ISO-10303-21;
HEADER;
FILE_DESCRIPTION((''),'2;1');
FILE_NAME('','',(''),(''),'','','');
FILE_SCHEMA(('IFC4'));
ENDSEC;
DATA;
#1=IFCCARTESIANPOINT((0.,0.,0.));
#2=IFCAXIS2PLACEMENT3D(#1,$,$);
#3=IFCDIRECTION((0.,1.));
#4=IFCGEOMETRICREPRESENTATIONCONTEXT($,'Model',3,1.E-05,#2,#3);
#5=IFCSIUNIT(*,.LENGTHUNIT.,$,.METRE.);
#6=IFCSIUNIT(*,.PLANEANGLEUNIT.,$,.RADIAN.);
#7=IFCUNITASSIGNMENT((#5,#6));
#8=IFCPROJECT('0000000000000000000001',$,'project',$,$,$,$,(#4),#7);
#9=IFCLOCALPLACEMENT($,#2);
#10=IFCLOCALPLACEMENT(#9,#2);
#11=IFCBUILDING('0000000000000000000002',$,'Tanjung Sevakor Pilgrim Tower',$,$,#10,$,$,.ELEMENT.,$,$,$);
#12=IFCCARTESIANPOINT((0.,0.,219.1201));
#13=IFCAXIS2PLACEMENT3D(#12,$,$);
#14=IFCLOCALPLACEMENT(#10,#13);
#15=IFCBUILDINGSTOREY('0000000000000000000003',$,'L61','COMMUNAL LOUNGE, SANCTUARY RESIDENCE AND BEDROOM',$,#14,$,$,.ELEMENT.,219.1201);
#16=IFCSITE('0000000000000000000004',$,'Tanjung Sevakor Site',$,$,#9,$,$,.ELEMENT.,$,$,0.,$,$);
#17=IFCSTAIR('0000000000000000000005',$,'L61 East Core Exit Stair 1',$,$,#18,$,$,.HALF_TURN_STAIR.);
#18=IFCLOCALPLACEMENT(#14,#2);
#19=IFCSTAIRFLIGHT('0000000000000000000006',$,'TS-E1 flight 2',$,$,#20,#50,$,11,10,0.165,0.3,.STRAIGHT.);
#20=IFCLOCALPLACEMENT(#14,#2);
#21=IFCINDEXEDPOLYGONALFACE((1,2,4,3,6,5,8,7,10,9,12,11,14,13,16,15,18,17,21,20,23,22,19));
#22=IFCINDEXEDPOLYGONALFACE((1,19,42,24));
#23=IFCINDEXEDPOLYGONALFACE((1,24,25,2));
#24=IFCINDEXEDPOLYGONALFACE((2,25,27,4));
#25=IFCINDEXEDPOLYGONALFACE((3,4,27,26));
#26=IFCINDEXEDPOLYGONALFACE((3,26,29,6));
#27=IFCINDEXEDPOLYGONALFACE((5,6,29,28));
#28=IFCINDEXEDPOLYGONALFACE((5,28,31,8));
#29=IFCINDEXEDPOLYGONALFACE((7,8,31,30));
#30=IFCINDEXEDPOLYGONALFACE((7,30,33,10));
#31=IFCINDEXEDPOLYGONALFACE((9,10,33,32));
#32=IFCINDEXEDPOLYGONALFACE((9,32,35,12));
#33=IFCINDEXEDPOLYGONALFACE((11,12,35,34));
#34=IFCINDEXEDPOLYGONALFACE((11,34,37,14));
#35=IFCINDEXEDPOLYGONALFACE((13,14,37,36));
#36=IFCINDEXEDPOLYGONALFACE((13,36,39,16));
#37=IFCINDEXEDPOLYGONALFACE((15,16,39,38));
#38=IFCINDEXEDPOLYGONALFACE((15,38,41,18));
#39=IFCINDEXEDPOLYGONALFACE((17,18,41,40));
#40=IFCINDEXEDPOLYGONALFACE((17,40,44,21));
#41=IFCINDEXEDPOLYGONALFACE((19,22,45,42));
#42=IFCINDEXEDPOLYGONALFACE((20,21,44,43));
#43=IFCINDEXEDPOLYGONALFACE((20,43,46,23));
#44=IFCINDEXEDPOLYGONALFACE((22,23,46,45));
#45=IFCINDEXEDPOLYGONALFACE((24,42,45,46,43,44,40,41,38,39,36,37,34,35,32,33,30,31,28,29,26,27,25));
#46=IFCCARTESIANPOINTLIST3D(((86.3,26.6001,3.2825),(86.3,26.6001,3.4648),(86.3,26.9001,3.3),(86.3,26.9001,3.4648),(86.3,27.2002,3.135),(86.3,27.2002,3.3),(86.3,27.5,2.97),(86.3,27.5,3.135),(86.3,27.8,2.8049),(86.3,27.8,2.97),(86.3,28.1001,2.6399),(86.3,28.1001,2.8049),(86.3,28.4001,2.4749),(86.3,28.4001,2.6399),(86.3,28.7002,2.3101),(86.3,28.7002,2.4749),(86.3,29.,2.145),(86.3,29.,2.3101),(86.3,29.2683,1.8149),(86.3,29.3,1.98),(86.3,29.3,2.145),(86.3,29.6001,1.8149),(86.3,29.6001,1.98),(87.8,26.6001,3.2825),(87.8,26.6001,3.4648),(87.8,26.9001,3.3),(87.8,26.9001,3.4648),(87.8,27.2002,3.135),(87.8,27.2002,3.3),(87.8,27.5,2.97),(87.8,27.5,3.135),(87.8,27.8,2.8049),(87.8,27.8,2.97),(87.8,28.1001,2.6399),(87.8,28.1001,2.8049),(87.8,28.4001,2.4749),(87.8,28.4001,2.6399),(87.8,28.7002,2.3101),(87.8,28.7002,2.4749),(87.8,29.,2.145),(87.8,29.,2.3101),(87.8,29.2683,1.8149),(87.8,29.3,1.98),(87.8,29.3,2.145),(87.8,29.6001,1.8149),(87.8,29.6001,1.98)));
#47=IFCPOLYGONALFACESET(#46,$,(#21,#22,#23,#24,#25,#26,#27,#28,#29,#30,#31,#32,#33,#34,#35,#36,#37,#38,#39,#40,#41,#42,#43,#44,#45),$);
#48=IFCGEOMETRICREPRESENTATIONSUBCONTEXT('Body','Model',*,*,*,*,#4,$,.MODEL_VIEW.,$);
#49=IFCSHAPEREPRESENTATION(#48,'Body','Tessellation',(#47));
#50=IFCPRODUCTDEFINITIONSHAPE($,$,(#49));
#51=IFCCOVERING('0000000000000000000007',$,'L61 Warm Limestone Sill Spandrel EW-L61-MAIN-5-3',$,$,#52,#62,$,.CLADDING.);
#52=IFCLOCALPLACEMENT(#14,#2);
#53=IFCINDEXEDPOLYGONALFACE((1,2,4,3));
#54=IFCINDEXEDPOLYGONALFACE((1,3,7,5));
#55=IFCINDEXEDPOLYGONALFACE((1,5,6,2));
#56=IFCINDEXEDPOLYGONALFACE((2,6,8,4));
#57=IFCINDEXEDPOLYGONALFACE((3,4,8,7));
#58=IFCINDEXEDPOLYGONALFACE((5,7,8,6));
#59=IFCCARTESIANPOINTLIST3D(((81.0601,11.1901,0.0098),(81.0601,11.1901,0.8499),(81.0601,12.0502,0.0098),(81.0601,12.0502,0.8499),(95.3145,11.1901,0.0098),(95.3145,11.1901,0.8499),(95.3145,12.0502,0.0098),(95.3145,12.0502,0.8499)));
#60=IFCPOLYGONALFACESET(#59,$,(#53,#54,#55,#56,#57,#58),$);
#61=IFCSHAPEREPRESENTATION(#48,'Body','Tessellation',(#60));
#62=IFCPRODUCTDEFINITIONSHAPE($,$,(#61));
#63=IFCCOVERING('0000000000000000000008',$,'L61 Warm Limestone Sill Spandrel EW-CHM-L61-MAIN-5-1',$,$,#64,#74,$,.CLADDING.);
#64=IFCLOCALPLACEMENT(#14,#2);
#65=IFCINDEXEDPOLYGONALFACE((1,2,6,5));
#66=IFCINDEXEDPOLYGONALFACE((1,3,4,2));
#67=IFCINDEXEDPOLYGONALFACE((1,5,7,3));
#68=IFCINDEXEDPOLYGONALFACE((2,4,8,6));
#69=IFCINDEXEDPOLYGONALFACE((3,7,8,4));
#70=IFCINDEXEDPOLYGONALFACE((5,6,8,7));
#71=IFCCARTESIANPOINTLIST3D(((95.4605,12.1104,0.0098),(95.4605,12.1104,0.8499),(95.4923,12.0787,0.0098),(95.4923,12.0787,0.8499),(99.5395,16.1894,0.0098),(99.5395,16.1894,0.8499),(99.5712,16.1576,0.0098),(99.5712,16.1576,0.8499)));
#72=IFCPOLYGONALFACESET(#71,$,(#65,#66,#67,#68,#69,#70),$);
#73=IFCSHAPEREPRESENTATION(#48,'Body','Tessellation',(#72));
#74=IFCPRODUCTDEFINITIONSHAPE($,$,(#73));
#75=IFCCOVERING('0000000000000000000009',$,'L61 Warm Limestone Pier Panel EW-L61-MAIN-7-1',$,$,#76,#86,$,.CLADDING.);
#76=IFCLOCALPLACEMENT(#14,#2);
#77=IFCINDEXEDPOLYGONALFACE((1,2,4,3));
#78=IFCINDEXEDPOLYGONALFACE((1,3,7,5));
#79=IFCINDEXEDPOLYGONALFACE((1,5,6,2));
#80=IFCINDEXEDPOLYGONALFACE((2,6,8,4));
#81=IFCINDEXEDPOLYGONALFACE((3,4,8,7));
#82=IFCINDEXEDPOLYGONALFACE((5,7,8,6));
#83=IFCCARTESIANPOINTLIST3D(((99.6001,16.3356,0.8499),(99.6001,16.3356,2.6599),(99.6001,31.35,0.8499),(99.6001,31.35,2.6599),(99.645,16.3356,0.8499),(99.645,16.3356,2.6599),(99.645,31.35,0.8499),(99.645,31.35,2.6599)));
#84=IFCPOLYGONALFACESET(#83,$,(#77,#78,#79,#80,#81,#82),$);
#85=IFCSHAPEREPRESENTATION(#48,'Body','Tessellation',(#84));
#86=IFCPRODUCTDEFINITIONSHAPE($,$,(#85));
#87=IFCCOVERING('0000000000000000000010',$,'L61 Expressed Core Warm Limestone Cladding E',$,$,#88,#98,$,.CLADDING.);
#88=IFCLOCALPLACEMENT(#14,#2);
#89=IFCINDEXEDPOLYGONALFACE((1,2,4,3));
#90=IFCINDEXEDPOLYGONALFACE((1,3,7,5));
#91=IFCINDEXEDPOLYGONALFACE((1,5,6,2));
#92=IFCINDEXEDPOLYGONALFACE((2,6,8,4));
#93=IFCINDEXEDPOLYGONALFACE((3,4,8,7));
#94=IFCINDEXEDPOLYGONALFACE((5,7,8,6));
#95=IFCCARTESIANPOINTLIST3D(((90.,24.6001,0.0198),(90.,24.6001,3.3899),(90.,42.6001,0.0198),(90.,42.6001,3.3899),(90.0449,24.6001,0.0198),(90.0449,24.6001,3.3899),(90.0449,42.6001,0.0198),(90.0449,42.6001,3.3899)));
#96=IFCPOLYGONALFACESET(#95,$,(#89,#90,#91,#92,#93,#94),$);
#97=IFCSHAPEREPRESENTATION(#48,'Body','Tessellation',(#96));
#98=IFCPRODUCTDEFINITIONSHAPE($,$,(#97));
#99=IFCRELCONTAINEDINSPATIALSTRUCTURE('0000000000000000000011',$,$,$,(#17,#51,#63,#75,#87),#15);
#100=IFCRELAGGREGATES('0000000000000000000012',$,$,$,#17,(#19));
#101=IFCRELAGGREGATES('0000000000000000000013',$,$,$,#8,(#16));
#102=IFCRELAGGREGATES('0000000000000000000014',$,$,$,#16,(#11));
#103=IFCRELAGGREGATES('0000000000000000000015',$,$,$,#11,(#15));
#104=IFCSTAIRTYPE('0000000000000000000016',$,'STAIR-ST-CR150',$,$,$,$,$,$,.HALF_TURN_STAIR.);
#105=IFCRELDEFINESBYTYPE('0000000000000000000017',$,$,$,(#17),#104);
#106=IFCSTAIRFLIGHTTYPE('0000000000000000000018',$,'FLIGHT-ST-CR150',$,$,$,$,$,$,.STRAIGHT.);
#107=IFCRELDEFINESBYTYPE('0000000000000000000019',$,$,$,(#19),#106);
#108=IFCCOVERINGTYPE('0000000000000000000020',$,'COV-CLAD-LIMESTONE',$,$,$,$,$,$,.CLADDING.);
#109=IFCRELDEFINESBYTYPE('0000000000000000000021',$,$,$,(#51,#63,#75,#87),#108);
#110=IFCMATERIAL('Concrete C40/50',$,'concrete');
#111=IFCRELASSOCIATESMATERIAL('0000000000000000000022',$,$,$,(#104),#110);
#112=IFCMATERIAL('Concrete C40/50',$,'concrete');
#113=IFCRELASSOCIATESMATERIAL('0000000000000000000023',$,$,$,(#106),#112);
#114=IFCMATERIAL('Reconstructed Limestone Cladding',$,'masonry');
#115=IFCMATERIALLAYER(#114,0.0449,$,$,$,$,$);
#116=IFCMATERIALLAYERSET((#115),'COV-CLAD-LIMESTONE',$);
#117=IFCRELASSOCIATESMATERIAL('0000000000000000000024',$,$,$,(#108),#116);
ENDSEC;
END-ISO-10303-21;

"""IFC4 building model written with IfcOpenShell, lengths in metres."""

from ifc_helpers import new_model, si_unit, direction, frame, origin, origin_2d, place, context, subcontext, project, spatial, polyline, rectangle, outline, extrude, material, layer, layer_set, type_object, element, aggregate, save


model = new_model("IFC4")

# Units and contexts
model_context = context("Model", 3, precision=1e-05, world=origin(), true_north=direction((0.0, 1.0)))
body_context = subcontext(model_context, "Body", "Model", "MODEL_VIEW")
ifc_project = project(units=[si_unit("LENGTHUNIT", "METRE"), si_unit("PLANEANGLEUNIT", "RADIAN")], contexts=[model_context])

# Site, building, storey
site_placement = place(None, origin())
site = spatial("IfcSite", under=ifc_project, at=site_placement, Name="Tanjung Sevakor Site", CompositionType="ELEMENT", RefElevation=0.0)
building_placement = place(site_placement, origin())
building = spatial("IfcBuilding", under=site, at=building_placement, Name="Tanjung Sevakor Pilgrim Tower", CompositionType="ELEMENT")
storey_placement = place(building_placement, frame((0.0, 0.0, 219.1201)))
storey = spatial("IfcBuildingStorey", under=building, at=storey_placement, Name="L61", Description="COMMUNAL LOUNGE, SANCTUARY RESIDENCE AND BEDROOM", CompositionType="ELEMENT", Elevation=219.1201)

# Stair, stair flight
ifc_material_1 = material(Name="Concrete C40/50", Category="concrete")
stair_type = type_object("IfcStairType", Name="STAIR-ST-CR150", PredefinedType="HALF_TURN_STAIR", material=ifc_material_1)
stair_placement = place(storey_placement, origin())
stair = element("IfcStair", 1, at=stair_placement, inside=storey, type_object=stair_type, Name="L61 East Core Exit Stair 1", PredefinedType="HALF_TURN_STAIR")
ifc_material_2 = material(Name="Concrete C40/50", Category="concrete")
stair_flight_type = type_object("IfcStairFlightType", Name="FLIGHT-ST-CR150", PredefinedType="STRAIGHT", material=ifc_material_2)
stair_flight_1_placement = place(storey_placement, frame((87.05, 29.6001, 1.8149), z_axis=(0.0, 0.0, 1.0), x_axis=(0.0, -1.0, 0.0)))
stair_flight_1 = element("IfcStairFlight", 2, at=stair_flight_1_placement, type_object=stair_flight_type, Name="TS-E1 flight 2", NumberOfRisers=11, NumberOfTreads=10, PredefinedType="STRAIGHT", RiserHeight=0.165, TreadLength=0.3, context=body_context, shape_type="SweptSolid", body=[
    extrude(outline(polyline([(0.0, 0.0), (0.0, 0.165), (0.3, 0.165), (0.3, 0.3301), (0.6001, 0.3301), (0.6001, 0.4951), (0.8999, 0.4951), (0.8999, 0.6599), (1.2, 0.6599), (1.2, 0.825), (1.5, 0.825), (1.5, 0.99), (1.8, 0.99), (1.8, 1.155), (2.1001, 1.155), (2.1001, 1.3201), (2.3999, 1.3201), (2.3999, 1.4851), (2.7, 1.4851), (2.7, 1.6499), (3.0, 1.6499), (3.0, 1.8149), (3.0, 1.4675), (0.3318, 0.0), (0.0, 0.0)])), frame((0.0, 0.75, 0.0), z_axis=(0.0, -1.0, 0.0), x_axis=(1.0, 0.0, 0.0)), (0.0, 0.0, 1.0), 1.5),
])
aggregate(stair, [stair_flight_1])

# Coverings
ifc_material_3 = material(Name="Reconstructed Limestone Cladding", Category="masonry")
ifc_layer_1 = layer(ifc_material_3, 0.0449)
ifc_layer_set_1 = layer_set([ifc_layer_1], Name="COV-CLAD-LIMESTONE")
covering_type = type_object("IfcCoveringType", Name="COV-CLAD-LIMESTONE", PredefinedType="CLADDING", material=ifc_layer_set_1)
covering_1_placement = place(storey_placement, frame((88.1873, 11.6201, 0.0098), z_axis=(0.0, 0.0, 1.0), x_axis=(1.0, 0.0, 0.0)))
element("IfcCovering", 3, at=covering_1_placement, inside=storey, type_object=covering_type, Name="L61 Warm Limestone Sill Spandrel EW-L61-MAIN-5-3", PredefinedType="CLADDING", context=body_context, shape_type="SweptSolid", body=[
    extrude(rectangle(XDim=14.2544, YDim=0.8601, at=origin_2d()), origin(), (0.0, 0.0, 1.0), 0.8401),
])
covering_2_placement = place(storey_placement, frame((97.5159, 14.134, 0.0098), z_axis=(0.0, 0.0, 1.0), x_axis=(0.707107, 0.707107, 0.0)))
element("IfcCovering", 4, at=covering_2_placement, inside=storey, type_object=covering_type, Name="L61 Warm Limestone Sill Spandrel EW-CHM-L61-MAIN-5-1", PredefinedType="CLADDING", context=body_context, shape_type="SweptSolid", body=[
    extrude(rectangle(XDim=5.7686, YDim=0.0449, at=origin_2d()), origin(), (0.0, 0.0, 1.0), 0.8401),
])
covering_3_placement = place(storey_placement, frame((99.6226, 23.8428, 0.8499), z_axis=(0.0, 0.0, 1.0), x_axis=(0.0, 1.0, 0.0)))
element("IfcCovering", 5, at=covering_3_placement, inside=storey, type_object=covering_type, Name="L61 Warm Limestone Pier Panel EW-L61-MAIN-7-1", PredefinedType="CLADDING", context=body_context, shape_type="SweptSolid", body=[
    extrude(rectangle(XDim=15.0144, YDim=0.0449, at=origin_2d()), origin(), (0.0, 0.0, 1.0), 1.8101),
])
covering_4_placement = place(storey_placement, frame((90.0225, 33.6001, 0.0198), z_axis=(0.0, 0.0, 1.0), x_axis=(1.0, 0.0, 0.0)))
element("IfcCovering", 6, at=covering_4_placement, inside=storey, type_object=covering_type, Name="L61 Expressed Core Warm Limestone Cladding E", PredefinedType="CLADDING", context=body_context, shape_type="SweptSolid", body=[
    extrude(rectangle(XDim=0.0449, YDim=18.0, at=origin_2d()), origin(), (0.0, 0.0, 1.0), 3.3701),
])

save(model, "model.ifc")
